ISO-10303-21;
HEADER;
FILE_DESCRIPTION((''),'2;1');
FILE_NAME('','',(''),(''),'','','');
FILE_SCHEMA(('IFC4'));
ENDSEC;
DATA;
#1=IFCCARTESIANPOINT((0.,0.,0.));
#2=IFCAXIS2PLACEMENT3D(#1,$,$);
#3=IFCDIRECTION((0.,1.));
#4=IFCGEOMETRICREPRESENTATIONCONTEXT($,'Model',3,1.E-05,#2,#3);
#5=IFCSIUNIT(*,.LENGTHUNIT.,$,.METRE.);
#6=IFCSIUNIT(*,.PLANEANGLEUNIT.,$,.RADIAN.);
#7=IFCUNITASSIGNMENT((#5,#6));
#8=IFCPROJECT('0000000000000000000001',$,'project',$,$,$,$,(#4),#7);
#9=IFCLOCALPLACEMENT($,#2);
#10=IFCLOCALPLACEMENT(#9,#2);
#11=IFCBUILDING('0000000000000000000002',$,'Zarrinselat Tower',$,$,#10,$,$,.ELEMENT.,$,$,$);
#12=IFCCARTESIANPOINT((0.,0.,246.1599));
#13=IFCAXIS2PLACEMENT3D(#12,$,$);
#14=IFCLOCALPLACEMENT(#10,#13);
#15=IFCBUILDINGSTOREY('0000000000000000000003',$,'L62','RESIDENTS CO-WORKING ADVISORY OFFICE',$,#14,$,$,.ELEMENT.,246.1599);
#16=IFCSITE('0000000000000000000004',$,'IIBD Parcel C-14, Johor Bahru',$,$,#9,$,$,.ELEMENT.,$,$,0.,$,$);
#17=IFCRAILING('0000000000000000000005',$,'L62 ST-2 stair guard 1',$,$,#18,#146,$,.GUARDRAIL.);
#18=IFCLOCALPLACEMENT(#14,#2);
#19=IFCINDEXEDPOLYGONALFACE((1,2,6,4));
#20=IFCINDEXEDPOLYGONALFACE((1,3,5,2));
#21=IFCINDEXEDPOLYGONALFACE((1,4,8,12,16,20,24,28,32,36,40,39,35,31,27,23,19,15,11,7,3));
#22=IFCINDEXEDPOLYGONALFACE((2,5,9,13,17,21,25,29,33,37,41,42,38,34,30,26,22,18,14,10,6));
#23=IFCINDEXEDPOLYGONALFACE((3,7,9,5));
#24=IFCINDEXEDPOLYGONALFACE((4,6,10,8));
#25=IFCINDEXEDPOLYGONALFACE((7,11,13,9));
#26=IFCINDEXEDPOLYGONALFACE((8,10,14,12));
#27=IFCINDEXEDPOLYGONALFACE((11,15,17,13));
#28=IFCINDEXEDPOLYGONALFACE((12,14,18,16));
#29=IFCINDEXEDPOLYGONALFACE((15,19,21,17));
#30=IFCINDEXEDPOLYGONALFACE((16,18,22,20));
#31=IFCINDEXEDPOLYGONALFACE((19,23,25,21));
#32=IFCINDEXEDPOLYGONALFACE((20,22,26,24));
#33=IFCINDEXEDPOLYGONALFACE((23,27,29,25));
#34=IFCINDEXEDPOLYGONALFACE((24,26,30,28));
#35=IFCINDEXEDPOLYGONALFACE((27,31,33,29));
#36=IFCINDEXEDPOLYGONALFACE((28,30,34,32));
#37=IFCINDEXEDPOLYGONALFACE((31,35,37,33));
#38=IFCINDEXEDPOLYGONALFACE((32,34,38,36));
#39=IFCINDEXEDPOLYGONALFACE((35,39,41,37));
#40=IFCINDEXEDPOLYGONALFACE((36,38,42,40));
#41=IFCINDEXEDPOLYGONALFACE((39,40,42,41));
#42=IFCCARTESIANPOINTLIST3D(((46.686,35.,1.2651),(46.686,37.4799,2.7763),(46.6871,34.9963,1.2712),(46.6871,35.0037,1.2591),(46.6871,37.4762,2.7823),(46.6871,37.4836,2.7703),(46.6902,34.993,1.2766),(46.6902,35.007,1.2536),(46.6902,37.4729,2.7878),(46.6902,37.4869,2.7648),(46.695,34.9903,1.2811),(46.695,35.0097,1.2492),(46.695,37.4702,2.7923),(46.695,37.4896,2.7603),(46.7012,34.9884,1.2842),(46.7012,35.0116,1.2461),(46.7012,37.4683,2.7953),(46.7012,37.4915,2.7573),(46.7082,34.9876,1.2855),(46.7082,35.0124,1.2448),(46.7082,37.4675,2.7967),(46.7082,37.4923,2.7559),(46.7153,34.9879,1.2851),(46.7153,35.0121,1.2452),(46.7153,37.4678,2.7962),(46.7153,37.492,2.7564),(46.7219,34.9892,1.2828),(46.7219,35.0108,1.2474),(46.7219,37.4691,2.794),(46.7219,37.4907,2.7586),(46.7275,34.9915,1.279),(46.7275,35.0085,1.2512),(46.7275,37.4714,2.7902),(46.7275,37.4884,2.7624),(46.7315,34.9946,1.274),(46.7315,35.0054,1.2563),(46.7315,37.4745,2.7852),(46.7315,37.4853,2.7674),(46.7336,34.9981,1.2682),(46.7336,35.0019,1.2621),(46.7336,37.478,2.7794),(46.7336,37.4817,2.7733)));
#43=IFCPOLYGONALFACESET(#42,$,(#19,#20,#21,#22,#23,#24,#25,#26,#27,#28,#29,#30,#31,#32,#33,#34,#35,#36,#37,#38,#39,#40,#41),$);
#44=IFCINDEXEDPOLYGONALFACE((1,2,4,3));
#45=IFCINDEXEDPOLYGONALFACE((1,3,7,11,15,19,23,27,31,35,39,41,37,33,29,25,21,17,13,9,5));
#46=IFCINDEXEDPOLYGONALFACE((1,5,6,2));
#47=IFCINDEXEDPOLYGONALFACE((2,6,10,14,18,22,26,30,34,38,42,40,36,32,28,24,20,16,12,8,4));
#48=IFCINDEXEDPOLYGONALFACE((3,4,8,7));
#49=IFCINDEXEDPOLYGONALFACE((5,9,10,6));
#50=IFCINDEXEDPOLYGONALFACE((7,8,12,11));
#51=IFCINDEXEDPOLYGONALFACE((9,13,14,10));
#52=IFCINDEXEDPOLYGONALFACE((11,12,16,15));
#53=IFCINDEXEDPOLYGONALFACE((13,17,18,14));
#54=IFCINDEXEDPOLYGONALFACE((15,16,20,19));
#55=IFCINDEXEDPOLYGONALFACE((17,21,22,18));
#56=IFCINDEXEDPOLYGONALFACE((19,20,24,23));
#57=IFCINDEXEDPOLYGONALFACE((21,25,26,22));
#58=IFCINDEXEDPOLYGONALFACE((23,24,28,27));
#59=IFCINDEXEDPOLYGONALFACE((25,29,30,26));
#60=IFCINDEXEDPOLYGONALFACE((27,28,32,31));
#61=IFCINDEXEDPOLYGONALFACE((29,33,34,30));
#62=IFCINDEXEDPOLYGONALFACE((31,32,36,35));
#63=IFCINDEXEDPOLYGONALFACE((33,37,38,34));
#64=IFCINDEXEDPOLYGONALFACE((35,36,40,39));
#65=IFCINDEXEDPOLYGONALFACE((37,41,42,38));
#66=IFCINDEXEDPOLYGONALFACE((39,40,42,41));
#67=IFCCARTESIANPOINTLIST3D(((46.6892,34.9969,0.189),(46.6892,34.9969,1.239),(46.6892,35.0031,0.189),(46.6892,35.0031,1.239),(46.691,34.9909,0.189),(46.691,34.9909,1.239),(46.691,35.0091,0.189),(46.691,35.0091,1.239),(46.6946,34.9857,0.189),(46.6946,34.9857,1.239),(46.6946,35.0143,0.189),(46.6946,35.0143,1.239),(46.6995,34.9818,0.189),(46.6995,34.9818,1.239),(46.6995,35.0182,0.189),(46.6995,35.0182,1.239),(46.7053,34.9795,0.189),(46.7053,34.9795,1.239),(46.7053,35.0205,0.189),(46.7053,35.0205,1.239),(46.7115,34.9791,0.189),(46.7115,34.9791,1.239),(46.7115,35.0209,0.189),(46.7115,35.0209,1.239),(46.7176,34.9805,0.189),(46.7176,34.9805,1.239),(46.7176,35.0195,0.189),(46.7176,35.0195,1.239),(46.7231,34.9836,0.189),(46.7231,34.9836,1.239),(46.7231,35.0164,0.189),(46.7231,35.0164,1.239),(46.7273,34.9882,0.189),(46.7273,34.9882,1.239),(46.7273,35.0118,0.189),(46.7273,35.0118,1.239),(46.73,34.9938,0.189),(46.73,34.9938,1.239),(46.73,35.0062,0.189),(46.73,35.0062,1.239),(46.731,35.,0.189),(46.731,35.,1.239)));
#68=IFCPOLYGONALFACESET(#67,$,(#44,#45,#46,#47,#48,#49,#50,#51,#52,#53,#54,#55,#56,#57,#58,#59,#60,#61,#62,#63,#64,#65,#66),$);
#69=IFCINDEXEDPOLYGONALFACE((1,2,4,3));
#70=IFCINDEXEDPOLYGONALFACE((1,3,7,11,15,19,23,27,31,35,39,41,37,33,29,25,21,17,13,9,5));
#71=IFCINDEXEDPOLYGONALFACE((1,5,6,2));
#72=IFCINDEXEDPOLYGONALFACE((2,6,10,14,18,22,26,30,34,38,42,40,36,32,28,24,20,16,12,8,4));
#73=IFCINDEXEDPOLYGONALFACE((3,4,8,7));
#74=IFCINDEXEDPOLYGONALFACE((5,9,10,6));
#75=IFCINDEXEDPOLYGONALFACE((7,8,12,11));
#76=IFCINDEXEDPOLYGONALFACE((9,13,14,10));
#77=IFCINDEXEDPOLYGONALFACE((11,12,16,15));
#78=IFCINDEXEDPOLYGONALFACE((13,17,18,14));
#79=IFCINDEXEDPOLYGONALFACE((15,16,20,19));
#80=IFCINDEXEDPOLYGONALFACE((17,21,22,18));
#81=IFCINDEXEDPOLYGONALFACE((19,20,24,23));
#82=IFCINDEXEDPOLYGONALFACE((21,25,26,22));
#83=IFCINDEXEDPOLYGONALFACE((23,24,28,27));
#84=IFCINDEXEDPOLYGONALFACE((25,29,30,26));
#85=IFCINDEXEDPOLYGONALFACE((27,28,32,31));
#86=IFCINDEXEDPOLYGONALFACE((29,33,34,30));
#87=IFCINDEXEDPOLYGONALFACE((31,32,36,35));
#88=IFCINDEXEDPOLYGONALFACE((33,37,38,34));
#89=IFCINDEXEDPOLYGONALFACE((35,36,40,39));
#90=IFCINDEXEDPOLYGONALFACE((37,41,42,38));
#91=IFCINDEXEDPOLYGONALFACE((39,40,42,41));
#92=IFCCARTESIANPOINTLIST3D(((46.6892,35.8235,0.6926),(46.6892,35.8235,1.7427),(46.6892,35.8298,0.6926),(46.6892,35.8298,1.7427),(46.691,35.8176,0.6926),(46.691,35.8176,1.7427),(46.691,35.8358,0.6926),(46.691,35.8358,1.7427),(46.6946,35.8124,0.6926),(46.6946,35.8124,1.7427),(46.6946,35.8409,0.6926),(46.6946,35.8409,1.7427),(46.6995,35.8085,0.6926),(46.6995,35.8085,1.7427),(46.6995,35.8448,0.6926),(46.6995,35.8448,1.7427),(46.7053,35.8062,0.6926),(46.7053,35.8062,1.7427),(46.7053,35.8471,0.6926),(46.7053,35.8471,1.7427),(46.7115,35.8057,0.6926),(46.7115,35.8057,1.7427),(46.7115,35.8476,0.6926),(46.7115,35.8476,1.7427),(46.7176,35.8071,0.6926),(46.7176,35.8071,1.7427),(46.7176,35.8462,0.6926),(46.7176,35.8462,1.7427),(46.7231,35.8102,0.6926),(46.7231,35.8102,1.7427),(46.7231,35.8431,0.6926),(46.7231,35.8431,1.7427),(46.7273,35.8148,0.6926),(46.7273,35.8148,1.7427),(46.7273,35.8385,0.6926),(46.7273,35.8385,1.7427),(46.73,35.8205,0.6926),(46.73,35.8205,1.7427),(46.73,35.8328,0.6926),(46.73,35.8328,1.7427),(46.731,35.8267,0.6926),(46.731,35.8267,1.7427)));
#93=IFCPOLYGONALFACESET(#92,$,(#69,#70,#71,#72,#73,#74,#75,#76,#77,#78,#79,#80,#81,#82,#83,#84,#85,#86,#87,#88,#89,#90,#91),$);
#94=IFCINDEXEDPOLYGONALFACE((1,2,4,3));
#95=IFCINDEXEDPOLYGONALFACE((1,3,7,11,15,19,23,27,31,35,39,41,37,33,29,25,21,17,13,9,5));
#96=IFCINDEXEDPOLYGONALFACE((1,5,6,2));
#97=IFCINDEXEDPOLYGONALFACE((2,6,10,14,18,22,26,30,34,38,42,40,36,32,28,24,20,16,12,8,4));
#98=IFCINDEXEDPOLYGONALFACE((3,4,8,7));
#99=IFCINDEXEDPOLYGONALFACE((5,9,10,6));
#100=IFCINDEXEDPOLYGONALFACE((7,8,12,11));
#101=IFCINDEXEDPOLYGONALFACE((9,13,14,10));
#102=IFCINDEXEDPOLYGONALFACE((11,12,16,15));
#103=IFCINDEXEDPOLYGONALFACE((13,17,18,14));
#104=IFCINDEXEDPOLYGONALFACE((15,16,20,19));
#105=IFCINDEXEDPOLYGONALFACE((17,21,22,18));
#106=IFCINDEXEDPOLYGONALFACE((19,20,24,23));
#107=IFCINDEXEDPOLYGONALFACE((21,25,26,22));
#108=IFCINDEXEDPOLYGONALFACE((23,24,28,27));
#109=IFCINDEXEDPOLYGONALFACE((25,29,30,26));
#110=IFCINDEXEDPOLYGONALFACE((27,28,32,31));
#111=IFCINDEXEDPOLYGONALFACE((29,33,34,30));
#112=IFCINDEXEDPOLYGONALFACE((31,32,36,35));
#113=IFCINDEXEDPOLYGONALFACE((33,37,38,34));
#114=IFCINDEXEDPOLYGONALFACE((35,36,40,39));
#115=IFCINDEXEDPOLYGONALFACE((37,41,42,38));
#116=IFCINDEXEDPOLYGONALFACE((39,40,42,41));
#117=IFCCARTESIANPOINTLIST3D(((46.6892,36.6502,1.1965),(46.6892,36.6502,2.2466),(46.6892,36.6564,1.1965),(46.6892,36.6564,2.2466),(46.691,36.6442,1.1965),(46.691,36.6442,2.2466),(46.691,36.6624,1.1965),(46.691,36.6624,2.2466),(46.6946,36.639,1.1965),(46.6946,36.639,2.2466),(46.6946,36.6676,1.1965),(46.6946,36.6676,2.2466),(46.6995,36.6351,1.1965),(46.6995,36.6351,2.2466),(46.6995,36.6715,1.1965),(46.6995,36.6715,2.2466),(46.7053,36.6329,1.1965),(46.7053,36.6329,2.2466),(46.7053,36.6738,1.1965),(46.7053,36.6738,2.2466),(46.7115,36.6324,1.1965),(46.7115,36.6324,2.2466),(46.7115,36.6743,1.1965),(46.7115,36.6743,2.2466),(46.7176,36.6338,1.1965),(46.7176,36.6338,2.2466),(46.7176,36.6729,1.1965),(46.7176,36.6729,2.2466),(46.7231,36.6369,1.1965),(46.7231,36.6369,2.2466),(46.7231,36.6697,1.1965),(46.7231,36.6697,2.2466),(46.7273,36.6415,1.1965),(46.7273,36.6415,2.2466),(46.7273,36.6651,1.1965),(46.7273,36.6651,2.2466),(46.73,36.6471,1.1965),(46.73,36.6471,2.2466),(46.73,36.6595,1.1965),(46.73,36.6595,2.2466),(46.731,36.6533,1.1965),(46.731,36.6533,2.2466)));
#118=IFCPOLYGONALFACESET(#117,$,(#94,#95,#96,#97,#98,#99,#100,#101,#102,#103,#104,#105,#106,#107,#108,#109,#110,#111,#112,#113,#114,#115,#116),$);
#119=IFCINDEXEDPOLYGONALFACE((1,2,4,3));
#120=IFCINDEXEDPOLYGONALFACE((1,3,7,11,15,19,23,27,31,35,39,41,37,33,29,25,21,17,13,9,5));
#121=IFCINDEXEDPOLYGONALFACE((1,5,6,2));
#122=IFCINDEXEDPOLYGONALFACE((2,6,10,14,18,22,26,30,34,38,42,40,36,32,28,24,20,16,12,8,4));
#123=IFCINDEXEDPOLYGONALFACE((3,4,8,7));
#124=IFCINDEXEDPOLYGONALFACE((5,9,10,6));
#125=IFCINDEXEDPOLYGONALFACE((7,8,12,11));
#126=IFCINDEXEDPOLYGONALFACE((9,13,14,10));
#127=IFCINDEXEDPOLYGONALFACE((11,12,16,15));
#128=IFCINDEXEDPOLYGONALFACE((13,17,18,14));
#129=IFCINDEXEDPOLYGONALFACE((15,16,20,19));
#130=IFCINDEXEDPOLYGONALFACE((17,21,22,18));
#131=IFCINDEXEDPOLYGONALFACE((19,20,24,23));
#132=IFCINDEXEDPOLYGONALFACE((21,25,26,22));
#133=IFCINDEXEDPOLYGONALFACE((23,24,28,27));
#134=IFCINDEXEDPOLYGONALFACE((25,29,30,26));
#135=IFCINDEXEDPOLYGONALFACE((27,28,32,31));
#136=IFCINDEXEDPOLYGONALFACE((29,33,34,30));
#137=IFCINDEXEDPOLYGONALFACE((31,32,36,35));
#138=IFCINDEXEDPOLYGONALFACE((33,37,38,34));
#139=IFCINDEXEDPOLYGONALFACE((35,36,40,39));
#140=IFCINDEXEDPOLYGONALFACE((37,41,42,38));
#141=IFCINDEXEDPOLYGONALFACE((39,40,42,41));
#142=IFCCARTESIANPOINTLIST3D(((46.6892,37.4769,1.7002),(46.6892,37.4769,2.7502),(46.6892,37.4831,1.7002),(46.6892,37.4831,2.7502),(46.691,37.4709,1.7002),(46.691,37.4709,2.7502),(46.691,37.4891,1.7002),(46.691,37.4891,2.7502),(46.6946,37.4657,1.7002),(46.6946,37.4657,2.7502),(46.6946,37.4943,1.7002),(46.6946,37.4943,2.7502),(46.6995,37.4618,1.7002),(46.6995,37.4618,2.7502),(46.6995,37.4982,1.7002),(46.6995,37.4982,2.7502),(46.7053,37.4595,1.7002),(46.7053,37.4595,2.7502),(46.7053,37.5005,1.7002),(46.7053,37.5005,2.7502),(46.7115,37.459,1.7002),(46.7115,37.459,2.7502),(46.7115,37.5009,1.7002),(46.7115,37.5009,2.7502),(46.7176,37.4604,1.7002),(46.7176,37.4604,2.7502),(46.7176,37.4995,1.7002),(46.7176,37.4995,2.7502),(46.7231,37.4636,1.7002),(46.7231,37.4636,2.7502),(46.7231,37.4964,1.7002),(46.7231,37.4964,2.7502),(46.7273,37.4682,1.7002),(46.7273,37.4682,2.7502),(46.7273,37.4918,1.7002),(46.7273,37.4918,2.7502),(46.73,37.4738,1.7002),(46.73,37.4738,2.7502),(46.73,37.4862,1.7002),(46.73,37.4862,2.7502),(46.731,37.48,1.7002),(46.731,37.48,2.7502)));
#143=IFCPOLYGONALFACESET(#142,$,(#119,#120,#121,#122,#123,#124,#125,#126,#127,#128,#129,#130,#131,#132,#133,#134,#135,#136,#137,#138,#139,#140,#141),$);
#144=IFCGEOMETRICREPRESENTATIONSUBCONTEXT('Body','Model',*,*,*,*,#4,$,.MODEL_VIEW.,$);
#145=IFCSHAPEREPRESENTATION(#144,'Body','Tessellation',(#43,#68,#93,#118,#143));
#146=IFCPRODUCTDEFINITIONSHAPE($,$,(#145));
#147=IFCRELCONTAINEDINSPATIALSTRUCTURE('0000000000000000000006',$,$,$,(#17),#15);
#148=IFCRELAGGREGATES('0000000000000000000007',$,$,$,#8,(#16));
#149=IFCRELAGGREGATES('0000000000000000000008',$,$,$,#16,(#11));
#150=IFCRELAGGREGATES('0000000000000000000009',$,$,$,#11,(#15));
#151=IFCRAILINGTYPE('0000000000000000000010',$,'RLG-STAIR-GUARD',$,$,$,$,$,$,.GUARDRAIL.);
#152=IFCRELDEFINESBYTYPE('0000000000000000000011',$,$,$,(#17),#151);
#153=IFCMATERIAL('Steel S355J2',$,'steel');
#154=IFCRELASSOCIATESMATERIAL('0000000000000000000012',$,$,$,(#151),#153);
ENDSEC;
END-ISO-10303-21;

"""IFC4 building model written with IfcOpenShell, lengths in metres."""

from ifc_helpers import new_model, si_unit, direction, frame, origin, origin_2d, place, context, subcontext, project, spatial, circle, extrude, material, type_object, element, save


model = new_model("IFC4")

# Units and contexts
model_context = context("Model", 3, precision=1e-05, world=origin(), true_north=direction((0.0, 1.0)))
body_context = subcontext(model_context, "Body", "Model", "MODEL_VIEW")
ifc_project = project(units=[si_unit("LENGTHUNIT", "METRE"), si_unit("PLANEANGLEUNIT", "RADIAN")], contexts=[model_context])

# Site, building, storey
site_placement = place(None, origin())
site = spatial("IfcSite", under=ifc_project, at=site_placement, Name="IIBD Parcel C-14, Johor Bahru", CompositionType="ELEMENT", RefElevation=0.0)
building_placement = place(site_placement, origin())
building = spatial("IfcBuilding", under=site, at=building_placement, Name="Zarrinselat Tower", CompositionType="ELEMENT")
storey_placement = place(building_placement, frame((0.0, 0.0, 246.1599)))
storey = spatial("IfcBuildingStorey", under=building, at=storey_placement, Name="L62", Description="RESIDENTS CO-WORKING ADVISORY OFFICE", CompositionType="ELEMENT", Elevation=246.1599)

# Railing
ifc_material_1 = material(Name="Steel S355J2", Category="steel")
railing_type_1 = type_object("IfcRailingType", Name="RLG-STAIR-GUARD", PredefinedType="GUARDRAIL", material=ifc_material_1)
railing_1_placement = place(storey_placement, frame((46.71, 35.0, 0.189)))
element("IfcRailing", 1, at=railing_1_placement, inside=storey, type_object=railing_type_1, Name="L62 ST-2 stair guard 1", PredefinedType="GUARDRAIL", context=body_context, shape_type="SweptSolid", body=[
    extrude(circle(Radius=0.0239, at=origin_2d()), frame((0.0, 0.0, 1.0762), z_axis=(0.0, 0.853942, 0.520368), x_axis=(-1.0, 0.0, 0.0)), (0.0, 0.0, 1.0), 2.9041),
    extrude(circle(Radius=0.021, at=origin_2d()), origin(), (0.0, 0.0, 1.0), 1.05),
    extrude(circle(Radius=0.021, at=origin_2d()), frame((0.0, 0.8267, 0.5037)), (0.0, 0.0, 1.0), 1.05),
    extrude(circle(Radius=0.021, at=origin_2d()), frame((0.0, 1.6533, 1.0076)), (0.0, 0.0, 1.0), 1.05),
    extrude(circle(Radius=0.021, at=origin_2d()), frame((0.0, 2.48, 1.5112)), (0.0, 0.0, 1.0), 1.05),
])

save(model, "model.ifc")
